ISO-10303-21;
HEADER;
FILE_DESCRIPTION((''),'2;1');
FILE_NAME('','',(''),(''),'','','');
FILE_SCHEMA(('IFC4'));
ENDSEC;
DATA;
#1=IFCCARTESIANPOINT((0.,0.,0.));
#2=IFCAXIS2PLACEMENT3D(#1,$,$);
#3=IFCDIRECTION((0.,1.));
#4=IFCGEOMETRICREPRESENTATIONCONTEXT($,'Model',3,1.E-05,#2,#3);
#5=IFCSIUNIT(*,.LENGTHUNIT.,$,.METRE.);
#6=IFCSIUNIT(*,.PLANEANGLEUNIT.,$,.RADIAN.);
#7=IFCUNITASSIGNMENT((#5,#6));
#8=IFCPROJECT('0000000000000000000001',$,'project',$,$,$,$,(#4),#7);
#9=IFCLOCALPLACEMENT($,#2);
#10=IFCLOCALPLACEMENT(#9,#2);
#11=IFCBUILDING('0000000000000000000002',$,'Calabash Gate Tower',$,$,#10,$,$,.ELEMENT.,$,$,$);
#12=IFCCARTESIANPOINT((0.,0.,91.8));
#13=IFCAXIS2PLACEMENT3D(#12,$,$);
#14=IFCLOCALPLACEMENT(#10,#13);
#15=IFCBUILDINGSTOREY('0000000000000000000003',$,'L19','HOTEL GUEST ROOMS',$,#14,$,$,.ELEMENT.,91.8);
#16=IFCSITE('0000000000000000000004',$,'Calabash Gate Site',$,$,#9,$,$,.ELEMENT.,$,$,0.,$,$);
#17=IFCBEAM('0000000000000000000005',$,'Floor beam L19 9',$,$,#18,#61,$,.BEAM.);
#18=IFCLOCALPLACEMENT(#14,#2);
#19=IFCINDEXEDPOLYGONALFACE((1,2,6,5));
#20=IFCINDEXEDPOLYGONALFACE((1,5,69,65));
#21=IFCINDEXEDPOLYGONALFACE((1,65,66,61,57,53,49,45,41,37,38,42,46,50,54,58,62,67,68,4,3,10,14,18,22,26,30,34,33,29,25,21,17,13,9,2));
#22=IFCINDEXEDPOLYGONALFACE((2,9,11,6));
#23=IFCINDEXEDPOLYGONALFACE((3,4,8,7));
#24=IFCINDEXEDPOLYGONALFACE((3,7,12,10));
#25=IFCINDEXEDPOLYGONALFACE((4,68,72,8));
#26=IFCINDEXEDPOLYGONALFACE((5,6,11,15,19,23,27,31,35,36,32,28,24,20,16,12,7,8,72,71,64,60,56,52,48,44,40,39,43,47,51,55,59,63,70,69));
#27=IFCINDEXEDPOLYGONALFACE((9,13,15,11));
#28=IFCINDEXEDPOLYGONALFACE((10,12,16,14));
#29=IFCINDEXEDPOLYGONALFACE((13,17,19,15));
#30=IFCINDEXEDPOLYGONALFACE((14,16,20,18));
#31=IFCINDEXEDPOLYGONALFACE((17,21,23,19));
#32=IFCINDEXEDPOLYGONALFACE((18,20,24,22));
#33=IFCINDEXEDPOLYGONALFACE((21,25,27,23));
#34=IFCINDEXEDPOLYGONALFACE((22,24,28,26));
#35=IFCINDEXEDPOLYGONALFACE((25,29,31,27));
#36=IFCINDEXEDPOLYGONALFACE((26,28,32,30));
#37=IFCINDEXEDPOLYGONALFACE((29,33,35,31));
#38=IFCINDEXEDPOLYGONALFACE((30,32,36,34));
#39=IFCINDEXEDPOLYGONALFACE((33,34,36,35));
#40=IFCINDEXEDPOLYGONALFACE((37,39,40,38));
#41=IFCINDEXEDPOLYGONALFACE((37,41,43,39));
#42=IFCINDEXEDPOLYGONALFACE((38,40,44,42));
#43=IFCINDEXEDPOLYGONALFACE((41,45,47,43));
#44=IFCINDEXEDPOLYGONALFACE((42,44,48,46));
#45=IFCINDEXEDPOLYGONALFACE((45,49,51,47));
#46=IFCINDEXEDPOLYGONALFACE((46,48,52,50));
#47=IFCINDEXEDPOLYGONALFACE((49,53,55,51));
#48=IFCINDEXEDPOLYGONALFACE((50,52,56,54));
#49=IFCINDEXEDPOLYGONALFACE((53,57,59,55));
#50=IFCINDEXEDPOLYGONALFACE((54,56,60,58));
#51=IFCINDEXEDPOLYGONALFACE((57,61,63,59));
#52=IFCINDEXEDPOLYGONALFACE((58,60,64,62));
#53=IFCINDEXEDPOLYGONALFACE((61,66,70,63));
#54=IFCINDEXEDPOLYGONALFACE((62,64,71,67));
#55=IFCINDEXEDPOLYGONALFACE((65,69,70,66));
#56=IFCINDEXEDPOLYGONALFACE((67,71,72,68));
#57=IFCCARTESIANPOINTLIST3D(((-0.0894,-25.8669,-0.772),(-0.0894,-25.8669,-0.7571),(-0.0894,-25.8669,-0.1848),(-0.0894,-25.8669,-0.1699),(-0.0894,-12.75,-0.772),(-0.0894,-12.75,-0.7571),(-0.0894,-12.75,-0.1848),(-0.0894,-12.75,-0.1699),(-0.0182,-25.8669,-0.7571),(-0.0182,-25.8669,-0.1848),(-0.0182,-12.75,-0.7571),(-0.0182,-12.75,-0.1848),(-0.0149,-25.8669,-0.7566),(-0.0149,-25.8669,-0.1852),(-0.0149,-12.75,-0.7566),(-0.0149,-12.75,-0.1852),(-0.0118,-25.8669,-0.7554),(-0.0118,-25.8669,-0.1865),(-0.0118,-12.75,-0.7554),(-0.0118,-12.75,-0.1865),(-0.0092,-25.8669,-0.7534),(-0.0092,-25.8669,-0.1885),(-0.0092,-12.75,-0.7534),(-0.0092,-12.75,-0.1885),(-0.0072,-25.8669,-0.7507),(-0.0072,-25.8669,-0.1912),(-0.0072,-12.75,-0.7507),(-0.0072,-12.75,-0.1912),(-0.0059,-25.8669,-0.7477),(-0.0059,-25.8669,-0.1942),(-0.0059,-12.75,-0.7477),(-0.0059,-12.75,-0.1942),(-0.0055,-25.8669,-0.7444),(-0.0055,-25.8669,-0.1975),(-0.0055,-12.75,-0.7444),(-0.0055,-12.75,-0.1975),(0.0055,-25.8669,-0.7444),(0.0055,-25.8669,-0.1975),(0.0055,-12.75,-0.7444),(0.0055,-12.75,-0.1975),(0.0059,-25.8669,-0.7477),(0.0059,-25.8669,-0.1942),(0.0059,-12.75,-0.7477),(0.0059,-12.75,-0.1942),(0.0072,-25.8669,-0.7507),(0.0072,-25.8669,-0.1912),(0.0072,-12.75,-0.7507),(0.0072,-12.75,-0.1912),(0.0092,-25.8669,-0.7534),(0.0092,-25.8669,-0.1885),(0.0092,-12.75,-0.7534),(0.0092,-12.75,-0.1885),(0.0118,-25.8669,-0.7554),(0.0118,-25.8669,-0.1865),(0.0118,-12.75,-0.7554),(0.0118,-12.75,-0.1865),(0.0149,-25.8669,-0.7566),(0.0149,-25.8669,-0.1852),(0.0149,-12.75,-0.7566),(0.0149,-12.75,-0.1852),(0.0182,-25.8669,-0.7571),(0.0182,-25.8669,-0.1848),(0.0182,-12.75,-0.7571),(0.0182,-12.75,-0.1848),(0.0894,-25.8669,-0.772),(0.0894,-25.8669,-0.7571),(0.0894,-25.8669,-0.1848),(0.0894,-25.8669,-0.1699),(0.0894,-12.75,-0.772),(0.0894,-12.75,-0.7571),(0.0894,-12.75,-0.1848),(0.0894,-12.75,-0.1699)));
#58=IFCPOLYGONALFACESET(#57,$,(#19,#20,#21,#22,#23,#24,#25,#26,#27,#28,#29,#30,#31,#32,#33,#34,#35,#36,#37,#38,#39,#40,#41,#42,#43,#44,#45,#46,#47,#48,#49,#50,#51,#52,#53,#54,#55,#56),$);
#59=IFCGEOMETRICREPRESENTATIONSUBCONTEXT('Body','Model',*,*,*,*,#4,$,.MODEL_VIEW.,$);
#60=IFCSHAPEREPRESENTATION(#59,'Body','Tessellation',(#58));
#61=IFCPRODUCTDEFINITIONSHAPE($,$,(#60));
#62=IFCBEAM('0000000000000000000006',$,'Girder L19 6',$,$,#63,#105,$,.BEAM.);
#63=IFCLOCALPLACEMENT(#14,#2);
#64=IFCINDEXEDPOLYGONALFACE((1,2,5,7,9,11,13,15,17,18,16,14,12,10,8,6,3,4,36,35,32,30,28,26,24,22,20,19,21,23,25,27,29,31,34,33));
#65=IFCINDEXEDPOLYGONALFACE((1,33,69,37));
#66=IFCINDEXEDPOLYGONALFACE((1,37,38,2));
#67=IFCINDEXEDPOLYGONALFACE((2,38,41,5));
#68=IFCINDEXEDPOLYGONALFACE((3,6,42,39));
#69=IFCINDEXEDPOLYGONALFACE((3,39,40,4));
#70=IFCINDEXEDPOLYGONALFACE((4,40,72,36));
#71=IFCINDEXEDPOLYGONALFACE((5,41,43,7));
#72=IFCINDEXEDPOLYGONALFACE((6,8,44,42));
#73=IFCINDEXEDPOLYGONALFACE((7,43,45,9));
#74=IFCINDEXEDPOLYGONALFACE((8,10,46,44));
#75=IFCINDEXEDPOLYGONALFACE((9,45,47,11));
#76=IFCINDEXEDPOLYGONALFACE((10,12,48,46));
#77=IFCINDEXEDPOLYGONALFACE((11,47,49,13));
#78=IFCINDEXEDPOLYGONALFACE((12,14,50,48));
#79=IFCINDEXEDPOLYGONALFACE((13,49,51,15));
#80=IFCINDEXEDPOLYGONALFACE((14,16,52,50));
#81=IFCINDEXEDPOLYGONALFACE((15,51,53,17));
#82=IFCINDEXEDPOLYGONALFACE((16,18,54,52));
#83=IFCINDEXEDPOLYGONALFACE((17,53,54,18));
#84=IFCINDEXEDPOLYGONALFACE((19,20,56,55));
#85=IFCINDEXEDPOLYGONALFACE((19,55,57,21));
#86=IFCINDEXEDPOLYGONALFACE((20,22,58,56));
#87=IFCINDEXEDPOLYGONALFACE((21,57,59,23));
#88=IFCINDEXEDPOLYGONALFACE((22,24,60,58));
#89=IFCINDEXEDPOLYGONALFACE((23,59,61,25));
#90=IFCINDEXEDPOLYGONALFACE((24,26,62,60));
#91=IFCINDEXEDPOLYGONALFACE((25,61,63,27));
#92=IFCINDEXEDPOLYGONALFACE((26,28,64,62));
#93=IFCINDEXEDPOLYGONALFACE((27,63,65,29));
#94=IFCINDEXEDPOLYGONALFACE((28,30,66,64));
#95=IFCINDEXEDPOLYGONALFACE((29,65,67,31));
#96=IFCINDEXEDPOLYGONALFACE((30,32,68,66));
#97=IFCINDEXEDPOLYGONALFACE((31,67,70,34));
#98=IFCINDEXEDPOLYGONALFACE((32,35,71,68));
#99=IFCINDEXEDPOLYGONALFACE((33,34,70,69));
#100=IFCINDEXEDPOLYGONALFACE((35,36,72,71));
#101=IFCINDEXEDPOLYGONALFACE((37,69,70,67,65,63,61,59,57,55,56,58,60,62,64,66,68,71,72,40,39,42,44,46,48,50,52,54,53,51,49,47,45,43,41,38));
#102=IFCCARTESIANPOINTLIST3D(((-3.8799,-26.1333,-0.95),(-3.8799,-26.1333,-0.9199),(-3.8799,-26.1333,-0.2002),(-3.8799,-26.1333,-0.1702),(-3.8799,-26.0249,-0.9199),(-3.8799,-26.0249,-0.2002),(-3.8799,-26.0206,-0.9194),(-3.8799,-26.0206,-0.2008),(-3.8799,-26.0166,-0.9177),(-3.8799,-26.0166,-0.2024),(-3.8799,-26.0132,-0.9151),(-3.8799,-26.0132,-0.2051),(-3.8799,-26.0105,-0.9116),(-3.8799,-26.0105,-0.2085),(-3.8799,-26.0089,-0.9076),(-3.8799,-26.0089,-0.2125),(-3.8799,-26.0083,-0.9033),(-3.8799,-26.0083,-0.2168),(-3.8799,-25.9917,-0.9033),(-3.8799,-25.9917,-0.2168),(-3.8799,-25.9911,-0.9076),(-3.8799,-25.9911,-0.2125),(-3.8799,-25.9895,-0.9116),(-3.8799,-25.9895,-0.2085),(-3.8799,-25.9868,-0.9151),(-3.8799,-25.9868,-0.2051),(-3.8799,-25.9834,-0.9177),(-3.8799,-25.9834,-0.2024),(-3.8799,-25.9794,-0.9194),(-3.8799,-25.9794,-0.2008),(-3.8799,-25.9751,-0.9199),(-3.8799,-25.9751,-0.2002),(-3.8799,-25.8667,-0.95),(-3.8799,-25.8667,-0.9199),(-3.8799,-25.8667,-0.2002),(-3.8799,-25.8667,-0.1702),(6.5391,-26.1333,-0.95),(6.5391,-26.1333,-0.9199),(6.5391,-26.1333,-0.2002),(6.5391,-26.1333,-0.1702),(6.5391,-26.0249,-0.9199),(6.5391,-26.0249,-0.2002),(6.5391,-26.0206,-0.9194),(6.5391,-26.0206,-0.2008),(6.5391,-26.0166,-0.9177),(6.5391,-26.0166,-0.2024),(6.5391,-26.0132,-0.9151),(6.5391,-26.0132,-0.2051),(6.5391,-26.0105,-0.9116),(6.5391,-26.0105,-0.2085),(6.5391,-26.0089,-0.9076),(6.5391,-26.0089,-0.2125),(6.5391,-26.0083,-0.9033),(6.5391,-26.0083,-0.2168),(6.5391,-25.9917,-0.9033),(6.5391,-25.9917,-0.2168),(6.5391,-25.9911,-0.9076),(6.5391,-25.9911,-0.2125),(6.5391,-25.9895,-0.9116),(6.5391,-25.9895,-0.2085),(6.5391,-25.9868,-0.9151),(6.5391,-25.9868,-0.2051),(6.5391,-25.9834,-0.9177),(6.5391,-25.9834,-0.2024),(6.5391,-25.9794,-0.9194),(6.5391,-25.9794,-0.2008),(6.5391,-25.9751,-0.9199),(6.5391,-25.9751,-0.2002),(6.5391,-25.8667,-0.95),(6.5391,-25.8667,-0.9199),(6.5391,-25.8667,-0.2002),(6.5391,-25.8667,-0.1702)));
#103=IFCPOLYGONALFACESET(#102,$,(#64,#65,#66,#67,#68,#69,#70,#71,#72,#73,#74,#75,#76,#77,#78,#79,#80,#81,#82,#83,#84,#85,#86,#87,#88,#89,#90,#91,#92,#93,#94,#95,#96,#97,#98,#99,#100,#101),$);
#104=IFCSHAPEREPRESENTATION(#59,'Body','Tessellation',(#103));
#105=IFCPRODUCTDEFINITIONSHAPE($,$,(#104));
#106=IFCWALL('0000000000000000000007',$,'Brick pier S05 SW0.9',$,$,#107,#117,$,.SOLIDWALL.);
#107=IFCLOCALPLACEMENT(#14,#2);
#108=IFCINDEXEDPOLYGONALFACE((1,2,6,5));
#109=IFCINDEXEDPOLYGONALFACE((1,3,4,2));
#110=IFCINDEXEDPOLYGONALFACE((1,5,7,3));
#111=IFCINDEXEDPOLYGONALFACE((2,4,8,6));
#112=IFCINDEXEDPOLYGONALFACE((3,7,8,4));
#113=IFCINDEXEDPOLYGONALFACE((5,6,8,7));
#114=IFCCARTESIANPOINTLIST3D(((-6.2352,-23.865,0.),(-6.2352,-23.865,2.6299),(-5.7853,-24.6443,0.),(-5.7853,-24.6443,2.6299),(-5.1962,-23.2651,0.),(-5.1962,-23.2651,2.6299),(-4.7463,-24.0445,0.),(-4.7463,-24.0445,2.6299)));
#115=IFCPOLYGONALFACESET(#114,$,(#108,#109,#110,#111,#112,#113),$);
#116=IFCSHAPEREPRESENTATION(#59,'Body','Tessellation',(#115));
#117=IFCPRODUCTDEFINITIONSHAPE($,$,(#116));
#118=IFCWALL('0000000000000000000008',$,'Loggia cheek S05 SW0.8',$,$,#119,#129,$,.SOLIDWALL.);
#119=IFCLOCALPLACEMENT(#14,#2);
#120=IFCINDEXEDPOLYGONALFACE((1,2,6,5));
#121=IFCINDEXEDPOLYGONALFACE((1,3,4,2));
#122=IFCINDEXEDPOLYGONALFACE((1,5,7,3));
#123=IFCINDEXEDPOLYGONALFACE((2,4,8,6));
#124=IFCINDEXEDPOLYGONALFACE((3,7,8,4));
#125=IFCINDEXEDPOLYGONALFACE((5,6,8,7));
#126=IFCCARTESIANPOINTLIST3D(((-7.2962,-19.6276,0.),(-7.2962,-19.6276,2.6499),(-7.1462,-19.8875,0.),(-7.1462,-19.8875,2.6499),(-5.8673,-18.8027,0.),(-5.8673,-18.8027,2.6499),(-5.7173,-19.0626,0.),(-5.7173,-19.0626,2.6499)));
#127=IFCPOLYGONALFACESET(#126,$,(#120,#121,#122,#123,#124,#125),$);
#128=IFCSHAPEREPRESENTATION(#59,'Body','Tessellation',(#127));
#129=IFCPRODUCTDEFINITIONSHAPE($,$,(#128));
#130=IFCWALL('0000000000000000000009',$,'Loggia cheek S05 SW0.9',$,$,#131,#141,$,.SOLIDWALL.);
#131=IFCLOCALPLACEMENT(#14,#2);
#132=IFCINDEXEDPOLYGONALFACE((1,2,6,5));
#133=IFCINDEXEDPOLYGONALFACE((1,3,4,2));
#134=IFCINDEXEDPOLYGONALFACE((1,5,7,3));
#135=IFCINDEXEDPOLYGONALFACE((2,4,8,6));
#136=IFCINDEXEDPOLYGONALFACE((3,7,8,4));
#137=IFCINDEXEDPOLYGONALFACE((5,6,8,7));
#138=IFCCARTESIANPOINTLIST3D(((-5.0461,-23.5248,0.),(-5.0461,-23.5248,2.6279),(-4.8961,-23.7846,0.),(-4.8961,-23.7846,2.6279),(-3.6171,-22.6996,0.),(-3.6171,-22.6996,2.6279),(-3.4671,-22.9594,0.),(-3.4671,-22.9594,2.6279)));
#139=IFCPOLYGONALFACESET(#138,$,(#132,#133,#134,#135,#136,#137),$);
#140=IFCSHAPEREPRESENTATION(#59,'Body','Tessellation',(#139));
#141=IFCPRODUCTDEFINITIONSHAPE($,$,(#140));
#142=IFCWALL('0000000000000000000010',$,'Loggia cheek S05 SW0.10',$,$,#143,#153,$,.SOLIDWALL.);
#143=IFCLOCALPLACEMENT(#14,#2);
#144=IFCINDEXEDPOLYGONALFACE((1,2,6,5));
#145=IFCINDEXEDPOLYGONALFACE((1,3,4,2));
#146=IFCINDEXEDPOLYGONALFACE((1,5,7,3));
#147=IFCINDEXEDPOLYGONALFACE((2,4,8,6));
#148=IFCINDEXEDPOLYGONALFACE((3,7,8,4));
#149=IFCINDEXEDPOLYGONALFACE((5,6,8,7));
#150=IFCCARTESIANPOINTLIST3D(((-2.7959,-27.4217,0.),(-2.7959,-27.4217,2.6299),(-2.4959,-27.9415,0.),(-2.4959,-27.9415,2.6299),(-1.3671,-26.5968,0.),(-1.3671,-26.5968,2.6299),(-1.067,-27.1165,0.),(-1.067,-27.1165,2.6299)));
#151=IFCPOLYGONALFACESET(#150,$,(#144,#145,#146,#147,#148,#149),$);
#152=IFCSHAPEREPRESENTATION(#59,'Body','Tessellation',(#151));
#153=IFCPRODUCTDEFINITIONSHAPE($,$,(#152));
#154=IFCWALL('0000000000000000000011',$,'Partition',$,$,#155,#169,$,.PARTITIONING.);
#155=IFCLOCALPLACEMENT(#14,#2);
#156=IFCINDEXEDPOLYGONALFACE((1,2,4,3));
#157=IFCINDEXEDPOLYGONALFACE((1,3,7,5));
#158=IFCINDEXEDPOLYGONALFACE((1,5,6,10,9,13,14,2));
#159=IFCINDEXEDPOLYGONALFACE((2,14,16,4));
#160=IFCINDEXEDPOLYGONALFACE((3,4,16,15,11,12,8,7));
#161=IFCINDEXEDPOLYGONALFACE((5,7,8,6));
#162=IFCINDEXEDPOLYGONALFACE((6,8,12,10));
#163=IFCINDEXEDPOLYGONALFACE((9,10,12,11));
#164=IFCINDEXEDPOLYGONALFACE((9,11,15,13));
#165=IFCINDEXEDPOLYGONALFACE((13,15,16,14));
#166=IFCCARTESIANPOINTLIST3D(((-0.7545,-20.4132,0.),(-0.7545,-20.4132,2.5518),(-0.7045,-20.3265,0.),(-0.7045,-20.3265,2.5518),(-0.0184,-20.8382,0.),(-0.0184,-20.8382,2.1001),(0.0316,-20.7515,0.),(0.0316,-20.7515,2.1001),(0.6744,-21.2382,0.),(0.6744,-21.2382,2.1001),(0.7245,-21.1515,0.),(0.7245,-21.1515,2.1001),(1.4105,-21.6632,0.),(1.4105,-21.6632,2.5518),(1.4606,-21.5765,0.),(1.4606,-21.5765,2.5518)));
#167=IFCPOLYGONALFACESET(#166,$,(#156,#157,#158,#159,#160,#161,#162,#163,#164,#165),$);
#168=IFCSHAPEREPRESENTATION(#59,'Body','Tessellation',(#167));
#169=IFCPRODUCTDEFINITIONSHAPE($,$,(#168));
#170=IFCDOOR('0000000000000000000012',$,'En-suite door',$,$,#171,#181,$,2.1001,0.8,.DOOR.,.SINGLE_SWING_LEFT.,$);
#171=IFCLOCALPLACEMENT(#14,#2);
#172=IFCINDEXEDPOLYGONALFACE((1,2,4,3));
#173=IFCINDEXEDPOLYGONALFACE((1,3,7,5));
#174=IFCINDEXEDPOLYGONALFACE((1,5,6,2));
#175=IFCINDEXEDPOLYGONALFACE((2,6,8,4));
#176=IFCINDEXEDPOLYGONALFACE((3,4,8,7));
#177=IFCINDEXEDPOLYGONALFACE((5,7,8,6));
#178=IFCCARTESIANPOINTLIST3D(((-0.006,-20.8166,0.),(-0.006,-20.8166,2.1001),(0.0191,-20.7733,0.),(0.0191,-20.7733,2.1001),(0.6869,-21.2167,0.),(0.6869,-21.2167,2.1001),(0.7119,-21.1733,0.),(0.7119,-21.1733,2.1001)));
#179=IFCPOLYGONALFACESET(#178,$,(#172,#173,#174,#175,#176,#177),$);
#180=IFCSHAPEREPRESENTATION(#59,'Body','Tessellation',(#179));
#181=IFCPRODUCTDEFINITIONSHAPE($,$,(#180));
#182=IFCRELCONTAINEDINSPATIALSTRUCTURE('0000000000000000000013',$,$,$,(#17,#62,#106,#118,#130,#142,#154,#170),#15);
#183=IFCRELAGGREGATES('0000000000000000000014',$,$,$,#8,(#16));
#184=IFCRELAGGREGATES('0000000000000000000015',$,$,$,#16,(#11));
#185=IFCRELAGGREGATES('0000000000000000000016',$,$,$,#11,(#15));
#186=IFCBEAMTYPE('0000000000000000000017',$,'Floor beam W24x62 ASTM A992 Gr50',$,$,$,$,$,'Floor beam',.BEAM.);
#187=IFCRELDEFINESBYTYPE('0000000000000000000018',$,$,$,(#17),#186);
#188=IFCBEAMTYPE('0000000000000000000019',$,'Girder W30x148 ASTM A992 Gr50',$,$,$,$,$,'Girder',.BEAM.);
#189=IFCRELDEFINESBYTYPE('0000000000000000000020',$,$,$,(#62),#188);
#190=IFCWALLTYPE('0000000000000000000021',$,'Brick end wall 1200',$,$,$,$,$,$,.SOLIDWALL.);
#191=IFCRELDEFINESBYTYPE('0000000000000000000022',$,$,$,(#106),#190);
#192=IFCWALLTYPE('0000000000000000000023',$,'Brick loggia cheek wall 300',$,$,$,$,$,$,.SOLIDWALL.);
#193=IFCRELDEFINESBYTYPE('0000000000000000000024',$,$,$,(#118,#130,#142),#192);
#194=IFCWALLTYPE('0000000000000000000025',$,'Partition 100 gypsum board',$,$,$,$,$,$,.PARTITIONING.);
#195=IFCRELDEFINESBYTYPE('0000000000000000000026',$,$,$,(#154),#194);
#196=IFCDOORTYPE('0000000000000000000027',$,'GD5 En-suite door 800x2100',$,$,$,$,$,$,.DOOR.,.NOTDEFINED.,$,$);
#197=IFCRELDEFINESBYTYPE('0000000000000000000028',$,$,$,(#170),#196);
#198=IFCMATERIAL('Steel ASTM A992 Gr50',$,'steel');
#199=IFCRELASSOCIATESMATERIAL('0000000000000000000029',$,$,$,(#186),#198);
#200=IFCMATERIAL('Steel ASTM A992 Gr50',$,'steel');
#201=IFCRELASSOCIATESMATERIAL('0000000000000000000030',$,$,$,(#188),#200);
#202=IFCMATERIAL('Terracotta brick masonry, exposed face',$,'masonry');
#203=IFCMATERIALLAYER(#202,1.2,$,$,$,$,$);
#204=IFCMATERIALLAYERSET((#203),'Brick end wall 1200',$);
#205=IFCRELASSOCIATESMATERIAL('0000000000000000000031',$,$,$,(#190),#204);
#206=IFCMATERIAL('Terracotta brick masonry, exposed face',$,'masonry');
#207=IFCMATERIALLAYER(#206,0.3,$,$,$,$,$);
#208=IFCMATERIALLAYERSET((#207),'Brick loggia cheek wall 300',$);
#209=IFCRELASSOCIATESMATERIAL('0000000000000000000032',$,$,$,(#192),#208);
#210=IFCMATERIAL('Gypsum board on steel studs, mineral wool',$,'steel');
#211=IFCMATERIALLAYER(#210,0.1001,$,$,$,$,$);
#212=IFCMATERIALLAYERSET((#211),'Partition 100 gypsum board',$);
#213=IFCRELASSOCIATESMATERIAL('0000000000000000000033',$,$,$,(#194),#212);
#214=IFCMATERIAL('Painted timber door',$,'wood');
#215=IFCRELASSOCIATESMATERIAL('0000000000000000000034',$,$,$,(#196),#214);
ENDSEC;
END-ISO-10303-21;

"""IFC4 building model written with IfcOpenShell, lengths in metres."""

from ifc_helpers import new_model, si_unit, direction, frame, frame_2d, origin, origin_2d, place, context, subcontext, project, spatial, rectangle, i_section, extrude, material, layer, layer_set, material_profile, profile_set, type_object, element, fill, save


model = new_model("IFC4")

# Units and contexts
model_context = context("Model", 3, precision=1e-05, world=origin(), true_north=direction((0.0, 1.0)))
body_context = subcontext(model_context, "Body", "Model", "MODEL_VIEW")
ifc_project = project(units=[si_unit("LENGTHUNIT", "METRE"), si_unit("PLANEANGLEUNIT", "RADIAN")], contexts=[model_context])

# Site, building, storey
site_placement = place(None, origin())
site = spatial("IfcSite", under=ifc_project, at=site_placement, Name="Calabash Gate Site", CompositionType="ELEMENT", RefElevation=0.0)
building_placement = place(site_placement, origin())
building = spatial("IfcBuilding", under=site, at=building_placement, Name="Calabash Gate Tower", CompositionType="ELEMENT")
storey_placement = place(building_placement, frame((0.0, 0.0, 91.8)))
storey = spatial("IfcBuildingStorey", under=building, at=storey_placement, Name="L19", Description="HOTEL GUEST ROOMS", CompositionType="ELEMENT", Elevation=91.8)

# Beams
ifc_material_1 = material(Name="Steel ASTM A992 Gr50", Category="steel")
ifc_material_profile_1 = material_profile(ifc_material_1, i_section(OverallWidth=0.1787, OverallDepth=0.6021, WebThickness=0.011, FlangeThickness=0.0149, FilletRadius=0.0127, at=origin_2d()))
ifc_profile_set_1 = profile_set([ifc_material_profile_1], Name="Steel ASTM A992 Gr50")
beam_type_1 = type_object("IfcBeamType", Name="Floor beam W24x62 ASTM A992 Gr50", ElementType="Floor beam", PredefinedType="BEAM", material=ifc_profile_set_1)
beam_1_placement = place(storey_placement, frame((0.0, -25.8669, -0.4709), z_axis=(0.0, 1.0, 0.0), x_axis=(-1.0, 0.0, 0.0)))
element("IfcBeam", 1, at=beam_1_placement, inside=storey, type_object=beam_type_1, Name="Floor beam L19 9", PredefinedType="BEAM", context=body_context, shape_type="SweptSolid", body=[
    extrude(i_section(OverallWidth=0.1787, OverallDepth=0.6021, WebThickness=0.011, FlangeThickness=0.0149, FilletRadius=0.0127, at=origin_2d()), origin(), (0.0, 0.0, 1.0), 13.1169),
])
ifc_material_2 = material(Name="Steel ASTM A992 Gr50", Category="steel")
ifc_material_profile_2 = material_profile(ifc_material_2, i_section(OverallWidth=0.2666, OverallDepth=0.7798, WebThickness=0.0166, FlangeThickness=0.03, FilletRadius=0.0166, at=origin_2d()))
ifc_profile_set_2 = profile_set([ifc_material_profile_2], Name="Steel ASTM A992 Gr50")
beam_type_2 = type_object("IfcBeamType", Name="Girder W30x148 ASTM A992 Gr50", ElementType="Girder", PredefinedType="BEAM", material=ifc_profile_set_2)
beam_2_placement = place(storey_placement, frame((-3.8799, -26.0, -0.5601), z_axis=(1.0, 0.0, 0.0), x_axis=(0.0, 1.0, 0.0)))
element("IfcBeam", 2, at=beam_2_placement, inside=storey, type_object=beam_type_2, Name="Girder L19 6", PredefinedType="BEAM", context=body_context, shape_type="SweptSolid", body=[
    extrude(i_section(OverallWidth=0.2666, OverallDepth=0.7798, WebThickness=0.0166, FlangeThickness=0.03, FilletRadius=0.0166, at=origin_2d()), origin(), (0.0, 0.0, 1.0), 10.4189),
])

# Walls
ifc_material_3 = material(Name="Terracotta brick masonry, exposed face", Category="masonry")
ifc_layer_1 = layer(ifc_material_3, 1.2)
ifc_layer_set_1 = layer_set([ifc_layer_1], Name="Brick end wall 1200")
wall_type_1 = type_object("IfcWallType", Name="Brick end wall 1200", PredefinedType="SOLIDWALL", material=ifc_layer_set_1)
wall_1_placement = place(storey_placement, frame((-6.0103, -24.2546, 0.0), z_axis=(0.0, 0.0, 1.0), x_axis=(0.866043, 0.499969, 0.0)))
element("IfcWall", 3, at=wall_1_placement, inside=storey, type_object=wall_type_1, Name="Brick pier S05 SW0.9", PredefinedType="SOLIDWALL", context=body_context, shape_type="SweptSolid", body=[
    extrude(rectangle(XDim=1.1997, YDim=0.8999, at=frame_2d((0.5999, 0.0))), origin(), (0.0, 0.0, 1.0), 2.6299),
])
ifc_material_4 = material(Name="Terracotta brick masonry, exposed face", Category="masonry")
ifc_layer_2 = layer(ifc_material_4, 0.3)
ifc_layer_set_2 = layer_set([ifc_layer_2], Name="Brick loggia cheek wall 300")
wall_type_2 = type_object("IfcWallType", Name="Brick loggia cheek wall 300", PredefinedType="SOLIDWALL", material=ifc_layer_set_2)
wall_2_placement = place(storey_placement, frame((-7.2212, -19.7576, 0.0), z_axis=(0.0, 0.0, 1.0), x_axis=(0.86604, 0.499974, 0.0)))
element("IfcWall", 4, at=wall_2_placement, inside=storey, type_object=wall_type_2, Name="Loggia cheek S05 SW0.8", PredefinedType="SOLIDWALL", context=body_context, shape_type="SweptSolid", body=[
    extrude(rectangle(XDim=1.6499, YDim=0.3, at=frame_2d((0.825, 0.0))), origin(), (0.0, 0.0, 1.0), 2.6499),
])
wall_3_placement = place(storey_placement, frame((-4.9712, -23.6548, 0.0), z_axis=(0.0, 0.0, 1.0), x_axis=(0.865976, 0.500085, 0.0)))
element("IfcWall", 5, at=wall_3_placement, inside=storey, type_object=wall_type_2, Name="Loggia cheek S05 SW0.9", PredefinedType="SOLIDWALL", context=body_context, shape_type="SweptSolid", body=[
    extrude(rectangle(XDim=1.6501, YDim=0.3, at=frame_2d((0.8252, 0.0))), origin(), (0.0, 0.0, 1.0), 2.6279),
])
wall_4_placement = place(storey_placement, frame((-1.217, -26.8567, 0.0), z_axis=(0.0, 0.0, 1.0), x_axis=(-0.86604, -0.499974, 0.0)))
element("IfcWall", 6, at=wall_4_placement, inside=storey, type_object=wall_type_2, Name="Loggia cheek S05 SW0.10", PredefinedType="SOLIDWALL", context=body_context, shape_type="SweptSolid", body=[
    extrude(rectangle(XDim=1.6499, YDim=0.6001, at=frame_2d((0.825, 0.0))), origin(), (0.0, 0.0, 1.0), 2.6299),
])

# Wall, opening, door
ifc_material_5 = material(Name="Gypsum board on steel studs, mineral wool", Category="steel")
ifc_layer_3 = layer(ifc_material_5, 0.1001)
ifc_layer_set_3 = layer_set([ifc_layer_3], Name="Partition 100 gypsum board")
wall_type_3 = type_object("IfcWallType", Name="Partition 100 gypsum board", PredefinedType="PARTITIONING", material=ifc_layer_set_3)
wall_5_placement = place(storey_placement, frame((-0.7295, -20.3699, 0.0), z_axis=(0.0, 0.0, 1.0), x_axis=(0.866023, -0.500004, 0.0)))
wall_5 = element("IfcWall", 7, at=wall_5_placement, inside=storey, type_object=wall_type_3, Name="Partition", PredefinedType="PARTITIONING", context=body_context, shape_type="SweptSolid", body=[
    extrude(rectangle(XDim=2.5, YDim=0.1001, at=frame_2d((1.25, 0.0))), origin(), (0.0, 0.0, 1.0), 2.5518),
])
opening_1_placement = place(wall_5_placement, frame((0.8501, 0.0, 0.0)))
opening_1 = element("IfcOpeningElement", 8, at=opening_1_placement, cuts=wall_5, PredefinedType="OPENING", context=body_context, shape_type="SweptSolid", body=[
    extrude(rectangle(XDim=0.8, YDim=2.1001, at=frame_2d((0.3999, 1.05))), frame((0.0, 0.0601, 0.0), z_axis=(0.0, -1.0, 0.0), x_axis=(1.0, 0.0, 0.0)), (0.0, 0.0, 1.0), 0.1201),
])
ifc_material_6 = material(Name="Painted timber door", Category="wood")
door_type_1 = type_object("IfcDoorType", Name="GD5 En-suite door 800x2100", OperationType="NOTDEFINED", PredefinedType="DOOR", material=ifc_material_6)
door_1_placement = place(opening_1_placement, origin())
door_1 = element("IfcDoor", 9, at=door_1_placement, inside=storey, type_object=door_type_1, Name="En-suite door", OperationType="SINGLE_SWING_LEFT", OverallHeight=2.1001, OverallWidth=0.8, PredefinedType="DOOR", context=body_context, shape_type="SweptSolid", body=[
    extrude(rectangle(XDim=0.8, YDim=2.1001, at=frame_2d((0.3999, 1.05))), frame((0.0, 0.0249, 0.0), z_axis=(0.0, -1.0, 0.0), x_axis=(1.0, 0.0, 0.0)), (0.0, 0.0, 1.0), 0.05),
])
fill(opening_1, door_1)

save(model, "model.ifc")
